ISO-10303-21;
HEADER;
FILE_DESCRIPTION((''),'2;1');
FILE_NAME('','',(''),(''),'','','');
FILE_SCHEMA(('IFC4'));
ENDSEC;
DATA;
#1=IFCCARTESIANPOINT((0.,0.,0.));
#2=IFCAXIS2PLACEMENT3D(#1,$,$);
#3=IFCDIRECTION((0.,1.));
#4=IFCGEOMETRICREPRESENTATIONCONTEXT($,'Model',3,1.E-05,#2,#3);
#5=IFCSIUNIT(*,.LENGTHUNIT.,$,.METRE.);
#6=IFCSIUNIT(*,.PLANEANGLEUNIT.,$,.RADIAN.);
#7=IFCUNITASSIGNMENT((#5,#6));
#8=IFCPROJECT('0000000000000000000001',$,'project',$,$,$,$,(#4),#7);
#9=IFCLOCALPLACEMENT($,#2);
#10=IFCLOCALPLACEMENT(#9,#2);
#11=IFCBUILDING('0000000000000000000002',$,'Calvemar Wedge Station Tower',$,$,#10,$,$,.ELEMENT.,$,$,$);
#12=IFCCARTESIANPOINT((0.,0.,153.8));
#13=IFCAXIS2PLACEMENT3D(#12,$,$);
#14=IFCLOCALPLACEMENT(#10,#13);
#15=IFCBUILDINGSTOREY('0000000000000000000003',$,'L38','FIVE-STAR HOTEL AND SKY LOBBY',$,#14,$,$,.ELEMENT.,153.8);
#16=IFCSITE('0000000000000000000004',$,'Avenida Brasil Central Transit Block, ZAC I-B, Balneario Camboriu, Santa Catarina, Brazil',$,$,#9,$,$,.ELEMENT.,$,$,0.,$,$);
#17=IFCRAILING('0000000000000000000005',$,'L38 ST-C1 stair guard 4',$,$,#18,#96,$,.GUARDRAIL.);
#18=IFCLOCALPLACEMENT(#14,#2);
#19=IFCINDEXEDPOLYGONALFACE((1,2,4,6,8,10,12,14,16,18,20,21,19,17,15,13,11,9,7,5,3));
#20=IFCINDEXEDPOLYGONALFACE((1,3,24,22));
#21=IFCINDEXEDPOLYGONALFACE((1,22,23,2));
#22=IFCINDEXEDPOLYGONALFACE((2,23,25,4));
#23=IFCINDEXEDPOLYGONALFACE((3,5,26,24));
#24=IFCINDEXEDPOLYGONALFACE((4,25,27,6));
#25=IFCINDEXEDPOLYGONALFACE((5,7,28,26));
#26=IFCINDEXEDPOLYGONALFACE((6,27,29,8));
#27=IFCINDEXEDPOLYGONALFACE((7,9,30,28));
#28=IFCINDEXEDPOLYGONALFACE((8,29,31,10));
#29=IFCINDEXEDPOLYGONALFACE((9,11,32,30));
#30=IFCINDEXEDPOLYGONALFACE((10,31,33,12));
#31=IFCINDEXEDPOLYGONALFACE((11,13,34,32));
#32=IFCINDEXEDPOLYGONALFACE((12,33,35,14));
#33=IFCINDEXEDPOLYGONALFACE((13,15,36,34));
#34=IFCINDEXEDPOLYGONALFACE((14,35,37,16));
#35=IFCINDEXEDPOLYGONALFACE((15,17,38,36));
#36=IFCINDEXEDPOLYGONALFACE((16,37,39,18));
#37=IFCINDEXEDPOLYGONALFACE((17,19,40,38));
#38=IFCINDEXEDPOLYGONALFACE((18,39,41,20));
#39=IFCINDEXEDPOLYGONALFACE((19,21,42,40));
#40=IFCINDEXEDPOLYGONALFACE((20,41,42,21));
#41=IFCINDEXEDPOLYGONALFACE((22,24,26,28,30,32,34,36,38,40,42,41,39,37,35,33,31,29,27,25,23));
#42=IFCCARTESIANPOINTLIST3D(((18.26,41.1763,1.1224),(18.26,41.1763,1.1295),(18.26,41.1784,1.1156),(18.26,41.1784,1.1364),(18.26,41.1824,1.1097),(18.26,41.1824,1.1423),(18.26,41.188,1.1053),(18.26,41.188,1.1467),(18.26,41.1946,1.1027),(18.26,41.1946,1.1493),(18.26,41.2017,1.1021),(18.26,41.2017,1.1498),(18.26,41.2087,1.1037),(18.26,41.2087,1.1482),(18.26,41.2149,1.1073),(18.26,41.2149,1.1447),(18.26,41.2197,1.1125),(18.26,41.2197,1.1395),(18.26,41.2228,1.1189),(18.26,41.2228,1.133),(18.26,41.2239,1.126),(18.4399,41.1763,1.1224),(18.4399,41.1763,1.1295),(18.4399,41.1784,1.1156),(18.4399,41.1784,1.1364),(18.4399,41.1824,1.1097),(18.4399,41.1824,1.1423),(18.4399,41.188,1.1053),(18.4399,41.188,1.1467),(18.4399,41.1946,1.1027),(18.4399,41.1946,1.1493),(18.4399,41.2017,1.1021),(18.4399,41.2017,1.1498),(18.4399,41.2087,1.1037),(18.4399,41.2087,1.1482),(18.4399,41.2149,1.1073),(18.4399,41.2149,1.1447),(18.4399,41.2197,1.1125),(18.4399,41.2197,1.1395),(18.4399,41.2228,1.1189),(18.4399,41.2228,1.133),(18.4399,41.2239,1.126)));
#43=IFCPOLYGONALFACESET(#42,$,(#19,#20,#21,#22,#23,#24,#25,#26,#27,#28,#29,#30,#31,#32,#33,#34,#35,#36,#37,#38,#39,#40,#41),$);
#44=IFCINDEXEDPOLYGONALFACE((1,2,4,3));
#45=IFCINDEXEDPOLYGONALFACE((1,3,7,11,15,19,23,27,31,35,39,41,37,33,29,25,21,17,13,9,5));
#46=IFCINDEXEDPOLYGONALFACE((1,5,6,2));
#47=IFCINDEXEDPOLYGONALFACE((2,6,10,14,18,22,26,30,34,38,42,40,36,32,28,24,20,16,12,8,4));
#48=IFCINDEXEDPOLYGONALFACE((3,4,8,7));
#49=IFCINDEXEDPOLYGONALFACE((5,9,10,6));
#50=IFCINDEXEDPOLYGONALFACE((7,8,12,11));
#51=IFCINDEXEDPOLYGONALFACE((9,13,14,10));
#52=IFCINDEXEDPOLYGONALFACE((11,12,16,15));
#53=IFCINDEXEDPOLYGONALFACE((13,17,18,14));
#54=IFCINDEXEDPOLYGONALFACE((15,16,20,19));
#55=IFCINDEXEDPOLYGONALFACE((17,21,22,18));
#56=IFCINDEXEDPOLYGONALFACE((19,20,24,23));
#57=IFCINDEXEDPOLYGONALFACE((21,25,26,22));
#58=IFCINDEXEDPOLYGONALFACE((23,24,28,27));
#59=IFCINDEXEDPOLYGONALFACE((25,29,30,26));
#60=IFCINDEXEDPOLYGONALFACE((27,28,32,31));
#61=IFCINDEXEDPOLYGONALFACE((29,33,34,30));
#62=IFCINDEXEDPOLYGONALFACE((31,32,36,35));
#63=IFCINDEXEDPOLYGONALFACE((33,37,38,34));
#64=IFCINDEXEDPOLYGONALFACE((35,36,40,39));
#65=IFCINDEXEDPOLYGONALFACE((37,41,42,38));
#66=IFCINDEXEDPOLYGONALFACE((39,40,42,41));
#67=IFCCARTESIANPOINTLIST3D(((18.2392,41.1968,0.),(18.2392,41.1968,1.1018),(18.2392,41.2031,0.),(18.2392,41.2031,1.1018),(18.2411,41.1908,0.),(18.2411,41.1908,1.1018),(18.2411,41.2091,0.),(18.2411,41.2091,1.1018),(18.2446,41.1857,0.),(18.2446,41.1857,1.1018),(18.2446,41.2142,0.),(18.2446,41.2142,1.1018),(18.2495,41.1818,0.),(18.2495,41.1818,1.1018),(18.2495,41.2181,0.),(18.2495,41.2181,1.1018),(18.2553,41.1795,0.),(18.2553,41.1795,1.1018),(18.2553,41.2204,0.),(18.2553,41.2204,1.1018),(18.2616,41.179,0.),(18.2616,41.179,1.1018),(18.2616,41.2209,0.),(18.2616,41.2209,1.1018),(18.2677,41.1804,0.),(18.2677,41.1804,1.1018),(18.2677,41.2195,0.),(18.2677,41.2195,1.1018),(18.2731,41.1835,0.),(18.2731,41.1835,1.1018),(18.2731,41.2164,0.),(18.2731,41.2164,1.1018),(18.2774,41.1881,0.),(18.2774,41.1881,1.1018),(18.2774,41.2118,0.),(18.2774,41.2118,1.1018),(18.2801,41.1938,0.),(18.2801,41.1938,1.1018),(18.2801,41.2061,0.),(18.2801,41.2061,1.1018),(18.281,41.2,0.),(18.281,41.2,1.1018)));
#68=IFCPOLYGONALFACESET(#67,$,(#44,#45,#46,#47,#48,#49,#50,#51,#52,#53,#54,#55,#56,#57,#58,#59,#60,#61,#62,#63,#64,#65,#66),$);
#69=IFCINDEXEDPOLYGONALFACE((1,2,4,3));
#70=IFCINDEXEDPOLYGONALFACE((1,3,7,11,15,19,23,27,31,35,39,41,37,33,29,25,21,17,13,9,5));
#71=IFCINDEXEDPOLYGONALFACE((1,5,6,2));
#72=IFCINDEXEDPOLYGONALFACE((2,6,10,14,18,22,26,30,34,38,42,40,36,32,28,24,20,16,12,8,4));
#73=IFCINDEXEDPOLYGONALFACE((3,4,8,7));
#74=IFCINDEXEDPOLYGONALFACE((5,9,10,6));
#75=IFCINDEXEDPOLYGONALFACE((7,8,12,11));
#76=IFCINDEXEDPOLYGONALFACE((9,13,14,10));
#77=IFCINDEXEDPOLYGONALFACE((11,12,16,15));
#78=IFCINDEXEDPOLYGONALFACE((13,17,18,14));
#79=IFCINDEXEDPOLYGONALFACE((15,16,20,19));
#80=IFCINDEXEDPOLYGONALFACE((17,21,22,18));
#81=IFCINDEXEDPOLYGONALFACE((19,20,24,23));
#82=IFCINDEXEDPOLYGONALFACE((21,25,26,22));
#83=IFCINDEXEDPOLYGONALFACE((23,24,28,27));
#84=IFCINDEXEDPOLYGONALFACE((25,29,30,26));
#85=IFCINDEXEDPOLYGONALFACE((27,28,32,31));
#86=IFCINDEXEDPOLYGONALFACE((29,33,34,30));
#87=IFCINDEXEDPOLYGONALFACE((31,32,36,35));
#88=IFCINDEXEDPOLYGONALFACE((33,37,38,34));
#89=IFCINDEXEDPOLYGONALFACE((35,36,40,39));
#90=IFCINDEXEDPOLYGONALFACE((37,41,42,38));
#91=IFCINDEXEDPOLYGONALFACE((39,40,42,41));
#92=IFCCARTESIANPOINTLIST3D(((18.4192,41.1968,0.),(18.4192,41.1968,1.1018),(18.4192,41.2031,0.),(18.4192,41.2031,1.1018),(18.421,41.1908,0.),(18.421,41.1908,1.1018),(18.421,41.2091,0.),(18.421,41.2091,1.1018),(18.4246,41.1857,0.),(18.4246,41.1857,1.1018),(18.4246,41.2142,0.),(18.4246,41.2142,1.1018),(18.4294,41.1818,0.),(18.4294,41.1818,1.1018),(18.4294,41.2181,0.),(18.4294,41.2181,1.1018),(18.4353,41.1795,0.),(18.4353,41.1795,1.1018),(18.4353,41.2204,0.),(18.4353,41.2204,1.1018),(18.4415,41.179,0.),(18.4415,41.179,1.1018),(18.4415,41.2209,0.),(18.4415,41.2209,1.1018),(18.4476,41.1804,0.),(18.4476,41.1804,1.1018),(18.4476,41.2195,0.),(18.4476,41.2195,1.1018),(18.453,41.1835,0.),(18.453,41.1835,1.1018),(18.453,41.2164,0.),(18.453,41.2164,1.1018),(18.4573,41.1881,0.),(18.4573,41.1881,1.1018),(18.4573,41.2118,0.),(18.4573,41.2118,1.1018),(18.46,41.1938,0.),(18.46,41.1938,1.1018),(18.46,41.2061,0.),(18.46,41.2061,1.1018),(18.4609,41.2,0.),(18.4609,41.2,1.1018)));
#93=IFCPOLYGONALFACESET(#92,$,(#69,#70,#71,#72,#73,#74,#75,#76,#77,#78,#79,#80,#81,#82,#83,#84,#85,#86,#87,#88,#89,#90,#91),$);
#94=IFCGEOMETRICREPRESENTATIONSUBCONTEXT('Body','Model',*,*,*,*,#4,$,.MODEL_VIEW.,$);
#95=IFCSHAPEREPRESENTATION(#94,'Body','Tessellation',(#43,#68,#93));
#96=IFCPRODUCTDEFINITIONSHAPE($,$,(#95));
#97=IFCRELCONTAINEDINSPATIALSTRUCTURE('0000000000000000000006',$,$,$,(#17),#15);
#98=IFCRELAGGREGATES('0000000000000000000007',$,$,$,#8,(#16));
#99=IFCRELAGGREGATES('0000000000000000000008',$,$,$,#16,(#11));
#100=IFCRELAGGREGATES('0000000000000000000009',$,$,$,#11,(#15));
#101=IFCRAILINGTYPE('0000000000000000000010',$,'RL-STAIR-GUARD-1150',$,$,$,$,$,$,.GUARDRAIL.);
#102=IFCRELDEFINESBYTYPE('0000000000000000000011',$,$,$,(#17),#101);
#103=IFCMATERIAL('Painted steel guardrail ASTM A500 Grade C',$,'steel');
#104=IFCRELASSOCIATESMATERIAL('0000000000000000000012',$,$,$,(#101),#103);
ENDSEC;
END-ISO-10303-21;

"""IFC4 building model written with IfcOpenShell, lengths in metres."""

from ifc_helpers import new_model, si_unit, direction, frame, origin, origin_2d, place, context, subcontext, project, spatial, circle, extrude, material, type_object, element, save


model = new_model("IFC4")

# Units and contexts
model_context = context("Model", 3, precision=1e-05, world=origin(), true_north=direction((0.0, 1.0)))
body_context = subcontext(model_context, "Body", "Model", "MODEL_VIEW")
ifc_project = project(units=[si_unit("LENGTHUNIT", "METRE"), si_unit("PLANEANGLEUNIT", "RADIAN")], contexts=[model_context])

# Site, building, storey
site_placement = place(None, origin())
site = spatial("IfcSite", under=ifc_project, at=site_placement, Name="Avenida Brasil Central Transit Block, ZAC I-B, Balneario Camboriu, Santa Catarina, Brazil", CompositionType="ELEMENT", RefElevation=0.0)
building_placement = place(site_placement, origin())
building = spatial("IfcBuilding", under=site, at=building_placement, Name="Calvemar Wedge Station Tower", CompositionType="ELEMENT")
storey_placement = place(building_placement, frame((0.0, 0.0, 153.8)))
storey = spatial("IfcBuildingStorey", under=building, at=storey_placement, Name="L38", Description="FIVE-STAR HOTEL AND SKY LOBBY", CompositionType="ELEMENT", Elevation=153.8)

# Railing
ifc_material_1 = material(Name="Painted steel guardrail ASTM A500 Grade C", Category="steel")
railing_type_1 = type_object("IfcRailingType", Name="RL-STAIR-GUARD-1150", PredefinedType="GUARDRAIL", material=ifc_material_1)
railing_1_placement = place(storey_placement, frame((18.26, 41.2, 0.0)))
element("IfcRailing", 1, at=railing_1_placement, inside=storey, type_object=railing_type_1, Name="L38 ST-C1 stair guard 4", PredefinedType="GUARDRAIL", context=body_context, shape_type="SweptSolid", body=[
    extrude(circle(Radius=0.0239, at=origin_2d()), frame((0.0, 0.0, 1.126), z_axis=(1.0, 0.0, 0.0), x_axis=(0.0, 1.0, 0.0)), (0.0, 0.0, 1.0), 0.1799),
    extrude(circle(Radius=0.021, at=origin_2d()), origin(), (0.0, 0.0, 1.0), 1.1018),
    extrude(circle(Radius=0.021, at=origin_2d()), frame((0.1799, 0.0, 0.0)), (0.0, 0.0, 1.0), 1.1018),
])

save(model, "model.ifc")
